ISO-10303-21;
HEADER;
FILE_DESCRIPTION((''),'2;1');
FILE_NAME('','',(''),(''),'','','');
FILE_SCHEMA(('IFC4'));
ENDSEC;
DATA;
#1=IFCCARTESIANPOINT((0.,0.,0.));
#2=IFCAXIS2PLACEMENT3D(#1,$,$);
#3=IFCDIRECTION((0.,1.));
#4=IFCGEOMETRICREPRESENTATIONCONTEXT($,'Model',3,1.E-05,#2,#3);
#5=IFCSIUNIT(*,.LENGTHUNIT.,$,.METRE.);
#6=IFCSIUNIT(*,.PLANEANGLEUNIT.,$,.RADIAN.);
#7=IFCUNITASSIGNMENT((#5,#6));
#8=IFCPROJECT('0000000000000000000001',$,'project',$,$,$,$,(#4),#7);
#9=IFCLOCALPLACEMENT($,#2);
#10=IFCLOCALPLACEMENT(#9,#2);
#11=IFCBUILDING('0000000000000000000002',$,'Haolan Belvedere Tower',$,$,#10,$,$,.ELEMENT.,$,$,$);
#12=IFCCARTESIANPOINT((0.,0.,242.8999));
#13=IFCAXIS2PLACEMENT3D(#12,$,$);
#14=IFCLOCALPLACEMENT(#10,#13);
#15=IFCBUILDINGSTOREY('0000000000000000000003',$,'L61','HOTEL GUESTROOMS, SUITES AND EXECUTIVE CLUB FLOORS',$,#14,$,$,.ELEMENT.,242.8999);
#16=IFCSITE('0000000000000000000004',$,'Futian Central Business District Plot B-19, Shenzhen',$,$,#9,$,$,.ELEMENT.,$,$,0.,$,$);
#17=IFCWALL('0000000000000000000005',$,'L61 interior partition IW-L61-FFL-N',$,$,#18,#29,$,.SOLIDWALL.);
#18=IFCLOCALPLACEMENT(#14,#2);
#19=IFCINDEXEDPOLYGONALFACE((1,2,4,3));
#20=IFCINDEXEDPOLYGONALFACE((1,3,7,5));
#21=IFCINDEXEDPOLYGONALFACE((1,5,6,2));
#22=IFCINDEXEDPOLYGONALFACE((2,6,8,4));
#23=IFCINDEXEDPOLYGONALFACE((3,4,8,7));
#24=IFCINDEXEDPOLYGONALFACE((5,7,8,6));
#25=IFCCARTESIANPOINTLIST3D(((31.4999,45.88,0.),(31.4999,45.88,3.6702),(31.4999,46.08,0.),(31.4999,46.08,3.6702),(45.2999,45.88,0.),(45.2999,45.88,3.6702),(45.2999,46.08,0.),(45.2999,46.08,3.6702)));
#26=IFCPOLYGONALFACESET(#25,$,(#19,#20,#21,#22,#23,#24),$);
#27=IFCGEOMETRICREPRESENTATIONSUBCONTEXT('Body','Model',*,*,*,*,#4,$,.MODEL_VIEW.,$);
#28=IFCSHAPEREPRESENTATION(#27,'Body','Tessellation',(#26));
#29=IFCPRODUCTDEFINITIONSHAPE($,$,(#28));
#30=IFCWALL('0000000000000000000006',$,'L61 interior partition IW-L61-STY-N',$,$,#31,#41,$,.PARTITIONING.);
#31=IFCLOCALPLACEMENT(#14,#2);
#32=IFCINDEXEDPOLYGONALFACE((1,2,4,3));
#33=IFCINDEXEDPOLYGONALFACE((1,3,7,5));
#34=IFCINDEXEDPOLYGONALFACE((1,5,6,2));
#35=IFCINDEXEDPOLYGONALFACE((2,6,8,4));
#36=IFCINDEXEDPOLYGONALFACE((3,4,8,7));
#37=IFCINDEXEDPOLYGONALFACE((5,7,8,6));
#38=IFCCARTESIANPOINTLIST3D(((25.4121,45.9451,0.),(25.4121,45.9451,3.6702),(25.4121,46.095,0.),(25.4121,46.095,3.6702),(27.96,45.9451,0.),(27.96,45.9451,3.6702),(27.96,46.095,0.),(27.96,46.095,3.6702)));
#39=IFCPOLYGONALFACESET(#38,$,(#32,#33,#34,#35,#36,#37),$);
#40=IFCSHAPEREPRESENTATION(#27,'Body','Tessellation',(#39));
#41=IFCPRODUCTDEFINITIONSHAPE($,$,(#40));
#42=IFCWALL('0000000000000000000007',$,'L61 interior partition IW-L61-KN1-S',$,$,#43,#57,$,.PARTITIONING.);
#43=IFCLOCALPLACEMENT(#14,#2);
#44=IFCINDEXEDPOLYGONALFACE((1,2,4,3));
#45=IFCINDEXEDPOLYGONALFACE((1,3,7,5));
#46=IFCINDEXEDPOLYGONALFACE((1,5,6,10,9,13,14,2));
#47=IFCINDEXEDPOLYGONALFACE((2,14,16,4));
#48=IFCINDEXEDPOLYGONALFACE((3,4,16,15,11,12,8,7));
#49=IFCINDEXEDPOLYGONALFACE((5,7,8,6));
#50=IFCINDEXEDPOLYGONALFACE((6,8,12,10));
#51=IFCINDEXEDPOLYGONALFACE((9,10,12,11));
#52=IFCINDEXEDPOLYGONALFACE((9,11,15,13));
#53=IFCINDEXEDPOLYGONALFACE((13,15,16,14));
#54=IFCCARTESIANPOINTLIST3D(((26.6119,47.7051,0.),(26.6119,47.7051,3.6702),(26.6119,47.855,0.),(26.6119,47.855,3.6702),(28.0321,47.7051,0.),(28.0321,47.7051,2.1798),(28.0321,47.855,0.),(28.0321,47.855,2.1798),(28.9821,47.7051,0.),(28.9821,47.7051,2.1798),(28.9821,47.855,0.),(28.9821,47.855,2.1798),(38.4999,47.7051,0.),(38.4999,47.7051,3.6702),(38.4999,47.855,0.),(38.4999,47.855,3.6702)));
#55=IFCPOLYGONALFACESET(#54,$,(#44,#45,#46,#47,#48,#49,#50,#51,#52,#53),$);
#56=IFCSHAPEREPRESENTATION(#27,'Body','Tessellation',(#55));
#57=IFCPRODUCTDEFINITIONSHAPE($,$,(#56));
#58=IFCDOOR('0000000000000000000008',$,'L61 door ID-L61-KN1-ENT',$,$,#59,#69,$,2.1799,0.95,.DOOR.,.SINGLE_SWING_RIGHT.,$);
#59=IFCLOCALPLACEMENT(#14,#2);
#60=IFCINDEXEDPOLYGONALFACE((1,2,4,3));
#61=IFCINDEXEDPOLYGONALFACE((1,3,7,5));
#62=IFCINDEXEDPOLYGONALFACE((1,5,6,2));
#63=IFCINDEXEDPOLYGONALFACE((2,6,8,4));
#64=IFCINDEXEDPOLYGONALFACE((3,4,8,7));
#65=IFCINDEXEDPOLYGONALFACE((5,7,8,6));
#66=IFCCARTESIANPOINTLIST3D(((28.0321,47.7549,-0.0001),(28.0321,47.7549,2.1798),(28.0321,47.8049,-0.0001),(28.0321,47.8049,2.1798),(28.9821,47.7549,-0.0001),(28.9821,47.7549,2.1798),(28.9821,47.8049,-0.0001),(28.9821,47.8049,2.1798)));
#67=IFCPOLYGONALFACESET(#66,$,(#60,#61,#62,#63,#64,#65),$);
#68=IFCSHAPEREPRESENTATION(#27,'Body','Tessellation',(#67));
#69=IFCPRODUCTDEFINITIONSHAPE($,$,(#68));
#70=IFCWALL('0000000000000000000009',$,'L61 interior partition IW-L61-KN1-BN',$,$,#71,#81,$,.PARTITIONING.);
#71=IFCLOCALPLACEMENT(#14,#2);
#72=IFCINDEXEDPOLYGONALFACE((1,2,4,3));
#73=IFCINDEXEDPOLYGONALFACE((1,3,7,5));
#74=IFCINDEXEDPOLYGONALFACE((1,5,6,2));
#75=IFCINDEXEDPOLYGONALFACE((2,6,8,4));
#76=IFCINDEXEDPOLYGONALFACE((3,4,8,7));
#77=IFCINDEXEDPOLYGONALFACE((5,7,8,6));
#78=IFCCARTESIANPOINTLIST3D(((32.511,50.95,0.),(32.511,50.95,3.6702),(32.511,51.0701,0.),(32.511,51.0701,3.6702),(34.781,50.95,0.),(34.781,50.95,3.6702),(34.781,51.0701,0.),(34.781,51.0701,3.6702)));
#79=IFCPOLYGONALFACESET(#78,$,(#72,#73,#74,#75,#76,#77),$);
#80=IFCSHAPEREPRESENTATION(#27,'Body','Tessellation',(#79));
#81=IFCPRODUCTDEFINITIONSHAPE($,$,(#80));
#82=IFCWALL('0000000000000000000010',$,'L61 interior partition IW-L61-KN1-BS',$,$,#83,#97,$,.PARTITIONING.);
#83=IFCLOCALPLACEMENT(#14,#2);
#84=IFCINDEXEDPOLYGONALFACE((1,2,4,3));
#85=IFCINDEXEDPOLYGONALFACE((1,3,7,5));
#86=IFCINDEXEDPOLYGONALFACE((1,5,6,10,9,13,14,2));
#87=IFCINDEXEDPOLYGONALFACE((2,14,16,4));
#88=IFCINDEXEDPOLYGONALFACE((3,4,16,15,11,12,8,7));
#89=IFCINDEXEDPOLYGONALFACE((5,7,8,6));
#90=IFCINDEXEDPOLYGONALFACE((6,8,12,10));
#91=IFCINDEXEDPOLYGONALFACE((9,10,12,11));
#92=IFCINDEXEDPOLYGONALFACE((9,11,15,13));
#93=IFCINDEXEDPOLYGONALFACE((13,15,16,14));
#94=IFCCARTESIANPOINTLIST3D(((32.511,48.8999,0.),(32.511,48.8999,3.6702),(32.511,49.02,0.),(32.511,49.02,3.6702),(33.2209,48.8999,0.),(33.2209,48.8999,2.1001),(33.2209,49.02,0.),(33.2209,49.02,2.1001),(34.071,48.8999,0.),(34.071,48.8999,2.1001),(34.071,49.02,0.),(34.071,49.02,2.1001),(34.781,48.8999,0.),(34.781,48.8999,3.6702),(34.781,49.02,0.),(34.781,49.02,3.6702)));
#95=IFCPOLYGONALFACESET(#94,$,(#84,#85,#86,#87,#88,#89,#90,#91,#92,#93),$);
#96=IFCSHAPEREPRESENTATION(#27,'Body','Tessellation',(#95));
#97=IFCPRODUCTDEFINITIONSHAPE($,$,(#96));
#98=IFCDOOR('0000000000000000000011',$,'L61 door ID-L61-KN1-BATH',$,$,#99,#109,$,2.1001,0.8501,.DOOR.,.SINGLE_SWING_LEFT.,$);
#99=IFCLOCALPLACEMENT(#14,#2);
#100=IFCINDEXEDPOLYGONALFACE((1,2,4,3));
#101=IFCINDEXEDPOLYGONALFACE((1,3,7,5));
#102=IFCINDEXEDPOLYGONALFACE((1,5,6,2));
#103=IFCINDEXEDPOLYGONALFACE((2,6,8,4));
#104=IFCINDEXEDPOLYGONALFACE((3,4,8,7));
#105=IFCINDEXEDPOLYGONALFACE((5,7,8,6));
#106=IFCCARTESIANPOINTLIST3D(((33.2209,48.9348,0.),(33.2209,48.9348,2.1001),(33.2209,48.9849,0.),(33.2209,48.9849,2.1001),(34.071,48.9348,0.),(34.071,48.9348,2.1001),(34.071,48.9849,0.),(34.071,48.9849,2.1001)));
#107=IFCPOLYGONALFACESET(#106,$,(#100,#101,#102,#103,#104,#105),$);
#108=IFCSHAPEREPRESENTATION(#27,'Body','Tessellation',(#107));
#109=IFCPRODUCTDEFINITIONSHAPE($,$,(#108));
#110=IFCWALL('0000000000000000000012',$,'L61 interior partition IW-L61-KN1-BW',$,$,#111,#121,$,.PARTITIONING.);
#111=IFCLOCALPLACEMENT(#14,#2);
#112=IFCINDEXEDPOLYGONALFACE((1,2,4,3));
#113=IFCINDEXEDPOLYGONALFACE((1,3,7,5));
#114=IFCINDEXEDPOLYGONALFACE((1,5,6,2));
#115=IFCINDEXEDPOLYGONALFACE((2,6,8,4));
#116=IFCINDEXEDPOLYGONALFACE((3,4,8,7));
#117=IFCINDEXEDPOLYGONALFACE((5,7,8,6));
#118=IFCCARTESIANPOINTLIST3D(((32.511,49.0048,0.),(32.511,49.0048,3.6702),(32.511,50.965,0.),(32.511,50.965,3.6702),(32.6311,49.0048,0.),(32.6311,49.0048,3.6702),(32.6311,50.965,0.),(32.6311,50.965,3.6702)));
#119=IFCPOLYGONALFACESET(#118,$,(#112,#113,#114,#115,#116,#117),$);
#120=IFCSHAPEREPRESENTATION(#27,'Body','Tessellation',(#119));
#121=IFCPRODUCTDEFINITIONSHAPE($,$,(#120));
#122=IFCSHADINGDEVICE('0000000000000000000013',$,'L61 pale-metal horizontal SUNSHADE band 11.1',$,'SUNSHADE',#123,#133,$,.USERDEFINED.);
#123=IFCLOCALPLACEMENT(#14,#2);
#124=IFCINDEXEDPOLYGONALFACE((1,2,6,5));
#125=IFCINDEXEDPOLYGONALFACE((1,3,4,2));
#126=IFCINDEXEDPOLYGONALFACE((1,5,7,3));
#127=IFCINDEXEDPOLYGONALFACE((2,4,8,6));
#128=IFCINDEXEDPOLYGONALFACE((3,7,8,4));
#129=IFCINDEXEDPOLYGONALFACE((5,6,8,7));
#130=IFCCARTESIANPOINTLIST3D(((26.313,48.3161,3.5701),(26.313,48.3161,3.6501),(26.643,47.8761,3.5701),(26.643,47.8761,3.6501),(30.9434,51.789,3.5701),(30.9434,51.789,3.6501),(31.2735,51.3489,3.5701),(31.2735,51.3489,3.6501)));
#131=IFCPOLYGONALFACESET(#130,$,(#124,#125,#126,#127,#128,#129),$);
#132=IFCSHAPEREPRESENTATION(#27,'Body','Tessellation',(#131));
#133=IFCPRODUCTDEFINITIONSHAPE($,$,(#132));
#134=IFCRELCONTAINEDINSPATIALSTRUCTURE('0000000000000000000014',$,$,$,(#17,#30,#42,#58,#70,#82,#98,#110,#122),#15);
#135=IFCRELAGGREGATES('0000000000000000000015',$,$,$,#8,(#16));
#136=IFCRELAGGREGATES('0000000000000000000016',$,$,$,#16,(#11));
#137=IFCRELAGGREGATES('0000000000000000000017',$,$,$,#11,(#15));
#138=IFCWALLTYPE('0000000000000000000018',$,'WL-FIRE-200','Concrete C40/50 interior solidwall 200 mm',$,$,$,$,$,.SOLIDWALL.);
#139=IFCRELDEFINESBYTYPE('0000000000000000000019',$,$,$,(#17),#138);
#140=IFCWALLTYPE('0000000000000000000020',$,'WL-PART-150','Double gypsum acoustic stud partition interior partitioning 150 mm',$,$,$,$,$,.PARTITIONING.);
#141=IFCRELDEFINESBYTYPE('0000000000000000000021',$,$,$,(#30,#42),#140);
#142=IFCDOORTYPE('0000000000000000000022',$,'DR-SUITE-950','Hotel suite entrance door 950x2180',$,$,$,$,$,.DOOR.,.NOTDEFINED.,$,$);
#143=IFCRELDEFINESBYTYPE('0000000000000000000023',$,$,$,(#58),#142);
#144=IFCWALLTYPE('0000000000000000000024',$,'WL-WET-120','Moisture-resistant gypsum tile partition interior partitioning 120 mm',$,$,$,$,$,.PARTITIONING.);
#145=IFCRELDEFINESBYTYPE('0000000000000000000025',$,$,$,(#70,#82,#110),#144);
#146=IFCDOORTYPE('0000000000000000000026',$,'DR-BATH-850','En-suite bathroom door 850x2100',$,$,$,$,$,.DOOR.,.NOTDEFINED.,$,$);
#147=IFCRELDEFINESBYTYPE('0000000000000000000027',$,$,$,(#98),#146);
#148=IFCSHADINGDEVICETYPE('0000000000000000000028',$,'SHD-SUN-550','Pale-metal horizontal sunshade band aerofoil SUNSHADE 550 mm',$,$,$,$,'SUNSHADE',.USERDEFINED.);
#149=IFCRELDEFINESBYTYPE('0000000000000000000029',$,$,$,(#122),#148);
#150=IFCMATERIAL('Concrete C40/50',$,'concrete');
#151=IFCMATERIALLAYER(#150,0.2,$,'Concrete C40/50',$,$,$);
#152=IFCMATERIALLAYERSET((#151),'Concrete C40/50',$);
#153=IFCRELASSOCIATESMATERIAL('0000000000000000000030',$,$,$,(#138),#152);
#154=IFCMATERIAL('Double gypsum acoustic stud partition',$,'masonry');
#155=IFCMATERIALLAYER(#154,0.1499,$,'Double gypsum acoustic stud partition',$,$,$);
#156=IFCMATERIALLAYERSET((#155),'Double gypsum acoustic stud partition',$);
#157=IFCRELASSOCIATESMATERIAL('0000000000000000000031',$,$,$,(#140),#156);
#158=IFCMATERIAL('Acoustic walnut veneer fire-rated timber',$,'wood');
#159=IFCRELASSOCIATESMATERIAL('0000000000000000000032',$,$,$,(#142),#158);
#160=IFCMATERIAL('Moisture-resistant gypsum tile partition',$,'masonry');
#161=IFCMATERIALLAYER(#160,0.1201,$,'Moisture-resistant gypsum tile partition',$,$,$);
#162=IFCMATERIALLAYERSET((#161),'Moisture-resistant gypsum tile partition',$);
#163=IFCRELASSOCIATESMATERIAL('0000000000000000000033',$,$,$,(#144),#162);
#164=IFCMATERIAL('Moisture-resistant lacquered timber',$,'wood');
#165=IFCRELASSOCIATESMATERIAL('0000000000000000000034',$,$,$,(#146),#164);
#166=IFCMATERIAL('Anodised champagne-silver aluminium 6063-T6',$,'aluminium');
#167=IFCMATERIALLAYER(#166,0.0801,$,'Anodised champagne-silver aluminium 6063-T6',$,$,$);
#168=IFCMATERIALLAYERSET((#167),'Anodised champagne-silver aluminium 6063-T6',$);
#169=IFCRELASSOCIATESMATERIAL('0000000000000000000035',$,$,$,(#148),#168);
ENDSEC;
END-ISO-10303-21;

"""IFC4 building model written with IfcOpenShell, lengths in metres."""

from ifc_helpers import new_model, si_unit, direction, frame, frame_2d, origin, origin_2d, place, context, subcontext, project, spatial, rectangle, extrude, material, layer, layer_set, type_object, element, fill, save


model = new_model("IFC4")

# Units and contexts
model_context = context("Model", 3, precision=1e-05, world=origin(), true_north=direction((0.0, 1.0)))
body_context = subcontext(model_context, "Body", "Model", "MODEL_VIEW")
ifc_project = project(units=[si_unit("LENGTHUNIT", "METRE"), si_unit("PLANEANGLEUNIT", "RADIAN")], contexts=[model_context])

# Site, building, storey
site_placement = place(None, origin())
site = spatial("IfcSite", under=ifc_project, at=site_placement, Name="Futian Central Business District Plot B-19, Shenzhen", CompositionType="ELEMENT", RefElevation=0.0)
building_placement = place(site_placement, origin())
building = spatial("IfcBuilding", under=site, at=building_placement, Name="Haolan Belvedere Tower", CompositionType="ELEMENT")
storey_placement = place(building_placement, frame((0.0, 0.0, 242.8999)))
storey = spatial("IfcBuildingStorey", under=building, at=storey_placement, Name="L61", Description="HOTEL GUESTROOMS, SUITES AND EXECUTIVE CLUB FLOORS", CompositionType="ELEMENT", Elevation=242.8999)

# Wall
ifc_material_1 = material(Name="Concrete C40/50", Category="concrete")
ifc_layer_1 = layer(ifc_material_1, 0.2, Name="Concrete C40/50")
ifc_layer_set_1 = layer_set([ifc_layer_1], Name="Concrete C40/50")
wall_type_1 = type_object("IfcWallType", Name="WL-FIRE-200", Description="Concrete C40/50 interior solidwall 200 mm", PredefinedType="SOLIDWALL", material=ifc_layer_set_1)
wall_1_placement = place(storey_placement, frame((31.5, 45.98, 0.0), z_axis=(0.0, 0.0, 1.0), x_axis=(1.0, 0.0, 0.0)))
element("IfcWall", 1, at=wall_1_placement, inside=storey, type_object=wall_type_1, Name="L61 interior partition IW-L61-FFL-N", PredefinedType="SOLIDWALL", context=body_context, shape_type="SweptSolid", body=[
    extrude(rectangle(XDim=13.8, YDim=0.2, at=frame_2d((6.8999, 0.0))), origin(), (0.0, 0.0, 1.0), 3.6702),
])

# Wall
ifc_material_2 = material(Name="Double gypsum acoustic stud partition", Category="masonry")
ifc_layer_2 = layer(ifc_material_2, 0.1499, Name="Double gypsum acoustic stud partition")
ifc_layer_set_2 = layer_set([ifc_layer_2], Name="Double gypsum acoustic stud partition")
wall_type_2 = type_object("IfcWallType", Name="WL-PART-150", Description="Double gypsum acoustic stud partition interior partitioning 150 mm", PredefinedType="PARTITIONING", material=ifc_layer_set_2)
wall_2_placement = place(storey_placement, frame((25.4121, 46.02, 0.0), z_axis=(0.0, 0.0, 1.0), x_axis=(1.0, 0.0, 0.0)))
element("IfcWall", 2, at=wall_2_placement, inside=storey, type_object=wall_type_2, Name="L61 interior partition IW-L61-STY-N", PredefinedType="PARTITIONING", context=body_context, shape_type="SweptSolid", body=[
    extrude(rectangle(XDim=2.5479, YDim=0.1499, at=frame_2d((1.2739, 0.0))), origin(), (0.0, 0.0, 1.0), 3.6702),
])

# Wall, opening, door
wall_3_placement = place(storey_placement, frame((26.6121, 47.78, 0.0), z_axis=(0.0, 0.0, 1.0), x_axis=(1.0, 0.0, 0.0)))
wall_3 = element("IfcWall", 3, at=wall_3_placement, inside=storey, type_object=wall_type_2, Name="L61 interior partition IW-L61-KN1-S", PredefinedType="PARTITIONING", context=body_context, shape_type="SweptSolid", body=[
    extrude(rectangle(XDim=11.8879, YDim=0.1499, at=frame_2d((5.9438, 0.0))), origin(), (0.0, 0.0, 1.0), 3.6702),
])
opening_1_placement = place(wall_3_placement, frame((1.4199, 0.0, 0.0)))
opening_1 = element("IfcOpeningElement", 4, at=opening_1_placement, cuts=wall_3, PredefinedType="OPENING", context=body_context, shape_type="SweptSolid", body=[
    extrude(rectangle(XDim=0.95, YDim=2.1799, at=frame_2d((0.4751, 1.0898))), frame((0.0, 0.085, 0.0), z_axis=(0.0, -1.0, 0.0), x_axis=(1.0, 0.0, 0.0)), (0.0, 0.0, 1.0), 0.1699),
])
ifc_material_3 = material(Name="Acoustic walnut veneer fire-rated timber", Category="wood")
door_type_1 = type_object("IfcDoorType", Name="DR-SUITE-950", Description="Hotel suite entrance door 950x2180", OperationType="NOTDEFINED", PredefinedType="DOOR", material=ifc_material_3)
door_1_placement = place(opening_1_placement, origin())
door_1 = element("IfcDoor", 5, at=door_1_placement, inside=storey, type_object=door_type_1, Name="L61 door ID-L61-KN1-ENT", OperationType="SINGLE_SWING_RIGHT", OverallHeight=2.1799, OverallWidth=0.95, PredefinedType="DOOR", context=body_context, shape_type="SweptSolid", body=[
    extrude(rectangle(XDim=0.95, YDim=2.1799, at=frame_2d((0.4751, 1.0898))), frame((0.0, 0.0249, 0.0), z_axis=(0.0, -1.0, 0.0), x_axis=(1.0, 0.0, 0.0)), (0.0, 0.0, 1.0), 0.05),
])
fill(opening_1, door_1)

# Wall
ifc_material_4 = material(Name="Moisture-resistant gypsum tile partition", Category="masonry")
ifc_layer_3 = layer(ifc_material_4, 0.1201, Name="Moisture-resistant gypsum tile partition")
ifc_layer_set_3 = layer_set([ifc_layer_3], Name="Moisture-resistant gypsum tile partition")
wall_type_3 = type_object("IfcWallType", Name="WL-WET-120", Description="Moisture-resistant gypsum tile partition interior partitioning 120 mm", PredefinedType="PARTITIONING", material=ifc_layer_set_3)
wall_4_placement = place(storey_placement, frame((32.511, 51.01, 0.0), z_axis=(0.0, 0.0, 1.0), x_axis=(1.0, 0.0, 0.0)))
element("IfcWall", 6, at=wall_4_placement, inside=storey, type_object=wall_type_3, Name="L61 interior partition IW-L61-KN1-BN", PredefinedType="PARTITIONING", context=body_context, shape_type="SweptSolid", body=[
    extrude(rectangle(XDim=2.27, YDim=0.1201, at=frame_2d((1.135, 0.0))), origin(), (0.0, 0.0, 1.0), 3.6702),
])

# Wall, opening, door
wall_5_placement = place(storey_placement, frame((32.511, 48.96, 0.0), z_axis=(0.0, 0.0, 1.0), x_axis=(1.0, 0.0, 0.0)))
wall_5 = element("IfcWall", 7, at=wall_5_placement, inside=storey, type_object=wall_type_3, Name="L61 interior partition IW-L61-KN1-BS", PredefinedType="PARTITIONING", context=body_context, shape_type="SweptSolid", body=[
    extrude(rectangle(XDim=2.27, YDim=0.1201, at=frame_2d((1.135, 0.0))), origin(), (0.0, 0.0, 1.0), 3.6702),
])
opening_2_placement = place(wall_5_placement, frame((0.71, 0.0, 0.0)))
opening_2 = element("IfcOpeningElement", 8, at=opening_2_placement, cuts=wall_5, PredefinedType="OPENING", context=body_context, shape_type="SweptSolid", body=[
    extrude(rectangle(XDim=0.8501, YDim=2.1001, at=frame_2d((0.425, 1.05))), frame((0.0, 0.0701, 0.0), z_axis=(0.0, -1.0, 0.0), x_axis=(1.0, 0.0, 0.0)), (0.0, 0.0, 1.0), 0.1401),
])
ifc_material_5 = material(Name="Moisture-resistant lacquered timber", Category="wood")
door_type_2 = type_object("IfcDoorType", Name="DR-BATH-850", Description="En-suite bathroom door 850x2100", OperationType="NOTDEFINED", PredefinedType="DOOR", material=ifc_material_5)
door_2_placement = place(opening_2_placement, origin())
door_2 = element("IfcDoor", 9, at=door_2_placement, inside=storey, type_object=door_type_2, Name="L61 door ID-L61-KN1-BATH", OperationType="SINGLE_SWING_LEFT", OverallHeight=2.1001, OverallWidth=0.8501, PredefinedType="DOOR", context=body_context, shape_type="SweptSolid", body=[
    extrude(rectangle(XDim=0.8501, YDim=2.1001, at=frame_2d((0.425, 1.05))), frame((0.0, 0.0249, 0.0), z_axis=(0.0, -1.0, 0.0), x_axis=(1.0, 0.0, 0.0)), (0.0, 0.0, 1.0), 0.05),
])
fill(opening_2, door_2)

# Wall
wall_6_placement = place(storey_placement, frame((32.571, 49.0049, 0.0), z_axis=(0.0, 0.0, 1.0), x_axis=(0.0, 1.0, 0.0)))
element("IfcWall", 10, at=wall_6_placement, inside=storey, type_object=wall_type_3, Name="L61 interior partition IW-L61-KN1-BW", PredefinedType="PARTITIONING", context=body_context, shape_type="SweptSolid", body=[
    extrude(rectangle(XDim=1.9602, YDim=0.1201, at=frame_2d((0.98, 0.0))), origin(), (0.0, 0.0, 1.0), 3.6702),
])

# Shading device
ifc_material_6 = material(Name="Anodised champagne-silver aluminium 6063-T6", Category="aluminium")
ifc_layer_4 = layer(ifc_material_6, 0.0801, Name="Anodised champagne-silver aluminium 6063-T6")
ifc_layer_set_4 = layer_set([ifc_layer_4], Name="Anodised champagne-silver aluminium 6063-T6")
shading_device_type = type_object("IfcShadingDeviceType", Name="SHD-SUN-550", Description="Pale-metal horizontal sunshade band aerofoil SUNSHADE 550 mm", ElementType="SUNSHADE", PredefinedType="USERDEFINED", material=ifc_layer_set_4)
shading_device_placement = place(storey_placement, frame((28.7932, 49.8325, 3.5701), z_axis=(0.0, 0.0, 1.0), x_axis=(-0.799999, -0.600001, 0.0)))
element("IfcShadingDevice", 11, at=shading_device_placement, inside=storey, type_object=shading_device_type, Name="L61 pale-metal horizontal SUNSHADE band 11.1", ObjectType="SUNSHADE", PredefinedType="USERDEFINED", context=body_context, shape_type="SweptSolid", body=[
    extrude(rectangle(XDim=5.7881, YDim=0.55, at=origin_2d()), origin(), (0.0, 0.0, 1.0), 0.0801),
])

save(model, "model.ifc")
